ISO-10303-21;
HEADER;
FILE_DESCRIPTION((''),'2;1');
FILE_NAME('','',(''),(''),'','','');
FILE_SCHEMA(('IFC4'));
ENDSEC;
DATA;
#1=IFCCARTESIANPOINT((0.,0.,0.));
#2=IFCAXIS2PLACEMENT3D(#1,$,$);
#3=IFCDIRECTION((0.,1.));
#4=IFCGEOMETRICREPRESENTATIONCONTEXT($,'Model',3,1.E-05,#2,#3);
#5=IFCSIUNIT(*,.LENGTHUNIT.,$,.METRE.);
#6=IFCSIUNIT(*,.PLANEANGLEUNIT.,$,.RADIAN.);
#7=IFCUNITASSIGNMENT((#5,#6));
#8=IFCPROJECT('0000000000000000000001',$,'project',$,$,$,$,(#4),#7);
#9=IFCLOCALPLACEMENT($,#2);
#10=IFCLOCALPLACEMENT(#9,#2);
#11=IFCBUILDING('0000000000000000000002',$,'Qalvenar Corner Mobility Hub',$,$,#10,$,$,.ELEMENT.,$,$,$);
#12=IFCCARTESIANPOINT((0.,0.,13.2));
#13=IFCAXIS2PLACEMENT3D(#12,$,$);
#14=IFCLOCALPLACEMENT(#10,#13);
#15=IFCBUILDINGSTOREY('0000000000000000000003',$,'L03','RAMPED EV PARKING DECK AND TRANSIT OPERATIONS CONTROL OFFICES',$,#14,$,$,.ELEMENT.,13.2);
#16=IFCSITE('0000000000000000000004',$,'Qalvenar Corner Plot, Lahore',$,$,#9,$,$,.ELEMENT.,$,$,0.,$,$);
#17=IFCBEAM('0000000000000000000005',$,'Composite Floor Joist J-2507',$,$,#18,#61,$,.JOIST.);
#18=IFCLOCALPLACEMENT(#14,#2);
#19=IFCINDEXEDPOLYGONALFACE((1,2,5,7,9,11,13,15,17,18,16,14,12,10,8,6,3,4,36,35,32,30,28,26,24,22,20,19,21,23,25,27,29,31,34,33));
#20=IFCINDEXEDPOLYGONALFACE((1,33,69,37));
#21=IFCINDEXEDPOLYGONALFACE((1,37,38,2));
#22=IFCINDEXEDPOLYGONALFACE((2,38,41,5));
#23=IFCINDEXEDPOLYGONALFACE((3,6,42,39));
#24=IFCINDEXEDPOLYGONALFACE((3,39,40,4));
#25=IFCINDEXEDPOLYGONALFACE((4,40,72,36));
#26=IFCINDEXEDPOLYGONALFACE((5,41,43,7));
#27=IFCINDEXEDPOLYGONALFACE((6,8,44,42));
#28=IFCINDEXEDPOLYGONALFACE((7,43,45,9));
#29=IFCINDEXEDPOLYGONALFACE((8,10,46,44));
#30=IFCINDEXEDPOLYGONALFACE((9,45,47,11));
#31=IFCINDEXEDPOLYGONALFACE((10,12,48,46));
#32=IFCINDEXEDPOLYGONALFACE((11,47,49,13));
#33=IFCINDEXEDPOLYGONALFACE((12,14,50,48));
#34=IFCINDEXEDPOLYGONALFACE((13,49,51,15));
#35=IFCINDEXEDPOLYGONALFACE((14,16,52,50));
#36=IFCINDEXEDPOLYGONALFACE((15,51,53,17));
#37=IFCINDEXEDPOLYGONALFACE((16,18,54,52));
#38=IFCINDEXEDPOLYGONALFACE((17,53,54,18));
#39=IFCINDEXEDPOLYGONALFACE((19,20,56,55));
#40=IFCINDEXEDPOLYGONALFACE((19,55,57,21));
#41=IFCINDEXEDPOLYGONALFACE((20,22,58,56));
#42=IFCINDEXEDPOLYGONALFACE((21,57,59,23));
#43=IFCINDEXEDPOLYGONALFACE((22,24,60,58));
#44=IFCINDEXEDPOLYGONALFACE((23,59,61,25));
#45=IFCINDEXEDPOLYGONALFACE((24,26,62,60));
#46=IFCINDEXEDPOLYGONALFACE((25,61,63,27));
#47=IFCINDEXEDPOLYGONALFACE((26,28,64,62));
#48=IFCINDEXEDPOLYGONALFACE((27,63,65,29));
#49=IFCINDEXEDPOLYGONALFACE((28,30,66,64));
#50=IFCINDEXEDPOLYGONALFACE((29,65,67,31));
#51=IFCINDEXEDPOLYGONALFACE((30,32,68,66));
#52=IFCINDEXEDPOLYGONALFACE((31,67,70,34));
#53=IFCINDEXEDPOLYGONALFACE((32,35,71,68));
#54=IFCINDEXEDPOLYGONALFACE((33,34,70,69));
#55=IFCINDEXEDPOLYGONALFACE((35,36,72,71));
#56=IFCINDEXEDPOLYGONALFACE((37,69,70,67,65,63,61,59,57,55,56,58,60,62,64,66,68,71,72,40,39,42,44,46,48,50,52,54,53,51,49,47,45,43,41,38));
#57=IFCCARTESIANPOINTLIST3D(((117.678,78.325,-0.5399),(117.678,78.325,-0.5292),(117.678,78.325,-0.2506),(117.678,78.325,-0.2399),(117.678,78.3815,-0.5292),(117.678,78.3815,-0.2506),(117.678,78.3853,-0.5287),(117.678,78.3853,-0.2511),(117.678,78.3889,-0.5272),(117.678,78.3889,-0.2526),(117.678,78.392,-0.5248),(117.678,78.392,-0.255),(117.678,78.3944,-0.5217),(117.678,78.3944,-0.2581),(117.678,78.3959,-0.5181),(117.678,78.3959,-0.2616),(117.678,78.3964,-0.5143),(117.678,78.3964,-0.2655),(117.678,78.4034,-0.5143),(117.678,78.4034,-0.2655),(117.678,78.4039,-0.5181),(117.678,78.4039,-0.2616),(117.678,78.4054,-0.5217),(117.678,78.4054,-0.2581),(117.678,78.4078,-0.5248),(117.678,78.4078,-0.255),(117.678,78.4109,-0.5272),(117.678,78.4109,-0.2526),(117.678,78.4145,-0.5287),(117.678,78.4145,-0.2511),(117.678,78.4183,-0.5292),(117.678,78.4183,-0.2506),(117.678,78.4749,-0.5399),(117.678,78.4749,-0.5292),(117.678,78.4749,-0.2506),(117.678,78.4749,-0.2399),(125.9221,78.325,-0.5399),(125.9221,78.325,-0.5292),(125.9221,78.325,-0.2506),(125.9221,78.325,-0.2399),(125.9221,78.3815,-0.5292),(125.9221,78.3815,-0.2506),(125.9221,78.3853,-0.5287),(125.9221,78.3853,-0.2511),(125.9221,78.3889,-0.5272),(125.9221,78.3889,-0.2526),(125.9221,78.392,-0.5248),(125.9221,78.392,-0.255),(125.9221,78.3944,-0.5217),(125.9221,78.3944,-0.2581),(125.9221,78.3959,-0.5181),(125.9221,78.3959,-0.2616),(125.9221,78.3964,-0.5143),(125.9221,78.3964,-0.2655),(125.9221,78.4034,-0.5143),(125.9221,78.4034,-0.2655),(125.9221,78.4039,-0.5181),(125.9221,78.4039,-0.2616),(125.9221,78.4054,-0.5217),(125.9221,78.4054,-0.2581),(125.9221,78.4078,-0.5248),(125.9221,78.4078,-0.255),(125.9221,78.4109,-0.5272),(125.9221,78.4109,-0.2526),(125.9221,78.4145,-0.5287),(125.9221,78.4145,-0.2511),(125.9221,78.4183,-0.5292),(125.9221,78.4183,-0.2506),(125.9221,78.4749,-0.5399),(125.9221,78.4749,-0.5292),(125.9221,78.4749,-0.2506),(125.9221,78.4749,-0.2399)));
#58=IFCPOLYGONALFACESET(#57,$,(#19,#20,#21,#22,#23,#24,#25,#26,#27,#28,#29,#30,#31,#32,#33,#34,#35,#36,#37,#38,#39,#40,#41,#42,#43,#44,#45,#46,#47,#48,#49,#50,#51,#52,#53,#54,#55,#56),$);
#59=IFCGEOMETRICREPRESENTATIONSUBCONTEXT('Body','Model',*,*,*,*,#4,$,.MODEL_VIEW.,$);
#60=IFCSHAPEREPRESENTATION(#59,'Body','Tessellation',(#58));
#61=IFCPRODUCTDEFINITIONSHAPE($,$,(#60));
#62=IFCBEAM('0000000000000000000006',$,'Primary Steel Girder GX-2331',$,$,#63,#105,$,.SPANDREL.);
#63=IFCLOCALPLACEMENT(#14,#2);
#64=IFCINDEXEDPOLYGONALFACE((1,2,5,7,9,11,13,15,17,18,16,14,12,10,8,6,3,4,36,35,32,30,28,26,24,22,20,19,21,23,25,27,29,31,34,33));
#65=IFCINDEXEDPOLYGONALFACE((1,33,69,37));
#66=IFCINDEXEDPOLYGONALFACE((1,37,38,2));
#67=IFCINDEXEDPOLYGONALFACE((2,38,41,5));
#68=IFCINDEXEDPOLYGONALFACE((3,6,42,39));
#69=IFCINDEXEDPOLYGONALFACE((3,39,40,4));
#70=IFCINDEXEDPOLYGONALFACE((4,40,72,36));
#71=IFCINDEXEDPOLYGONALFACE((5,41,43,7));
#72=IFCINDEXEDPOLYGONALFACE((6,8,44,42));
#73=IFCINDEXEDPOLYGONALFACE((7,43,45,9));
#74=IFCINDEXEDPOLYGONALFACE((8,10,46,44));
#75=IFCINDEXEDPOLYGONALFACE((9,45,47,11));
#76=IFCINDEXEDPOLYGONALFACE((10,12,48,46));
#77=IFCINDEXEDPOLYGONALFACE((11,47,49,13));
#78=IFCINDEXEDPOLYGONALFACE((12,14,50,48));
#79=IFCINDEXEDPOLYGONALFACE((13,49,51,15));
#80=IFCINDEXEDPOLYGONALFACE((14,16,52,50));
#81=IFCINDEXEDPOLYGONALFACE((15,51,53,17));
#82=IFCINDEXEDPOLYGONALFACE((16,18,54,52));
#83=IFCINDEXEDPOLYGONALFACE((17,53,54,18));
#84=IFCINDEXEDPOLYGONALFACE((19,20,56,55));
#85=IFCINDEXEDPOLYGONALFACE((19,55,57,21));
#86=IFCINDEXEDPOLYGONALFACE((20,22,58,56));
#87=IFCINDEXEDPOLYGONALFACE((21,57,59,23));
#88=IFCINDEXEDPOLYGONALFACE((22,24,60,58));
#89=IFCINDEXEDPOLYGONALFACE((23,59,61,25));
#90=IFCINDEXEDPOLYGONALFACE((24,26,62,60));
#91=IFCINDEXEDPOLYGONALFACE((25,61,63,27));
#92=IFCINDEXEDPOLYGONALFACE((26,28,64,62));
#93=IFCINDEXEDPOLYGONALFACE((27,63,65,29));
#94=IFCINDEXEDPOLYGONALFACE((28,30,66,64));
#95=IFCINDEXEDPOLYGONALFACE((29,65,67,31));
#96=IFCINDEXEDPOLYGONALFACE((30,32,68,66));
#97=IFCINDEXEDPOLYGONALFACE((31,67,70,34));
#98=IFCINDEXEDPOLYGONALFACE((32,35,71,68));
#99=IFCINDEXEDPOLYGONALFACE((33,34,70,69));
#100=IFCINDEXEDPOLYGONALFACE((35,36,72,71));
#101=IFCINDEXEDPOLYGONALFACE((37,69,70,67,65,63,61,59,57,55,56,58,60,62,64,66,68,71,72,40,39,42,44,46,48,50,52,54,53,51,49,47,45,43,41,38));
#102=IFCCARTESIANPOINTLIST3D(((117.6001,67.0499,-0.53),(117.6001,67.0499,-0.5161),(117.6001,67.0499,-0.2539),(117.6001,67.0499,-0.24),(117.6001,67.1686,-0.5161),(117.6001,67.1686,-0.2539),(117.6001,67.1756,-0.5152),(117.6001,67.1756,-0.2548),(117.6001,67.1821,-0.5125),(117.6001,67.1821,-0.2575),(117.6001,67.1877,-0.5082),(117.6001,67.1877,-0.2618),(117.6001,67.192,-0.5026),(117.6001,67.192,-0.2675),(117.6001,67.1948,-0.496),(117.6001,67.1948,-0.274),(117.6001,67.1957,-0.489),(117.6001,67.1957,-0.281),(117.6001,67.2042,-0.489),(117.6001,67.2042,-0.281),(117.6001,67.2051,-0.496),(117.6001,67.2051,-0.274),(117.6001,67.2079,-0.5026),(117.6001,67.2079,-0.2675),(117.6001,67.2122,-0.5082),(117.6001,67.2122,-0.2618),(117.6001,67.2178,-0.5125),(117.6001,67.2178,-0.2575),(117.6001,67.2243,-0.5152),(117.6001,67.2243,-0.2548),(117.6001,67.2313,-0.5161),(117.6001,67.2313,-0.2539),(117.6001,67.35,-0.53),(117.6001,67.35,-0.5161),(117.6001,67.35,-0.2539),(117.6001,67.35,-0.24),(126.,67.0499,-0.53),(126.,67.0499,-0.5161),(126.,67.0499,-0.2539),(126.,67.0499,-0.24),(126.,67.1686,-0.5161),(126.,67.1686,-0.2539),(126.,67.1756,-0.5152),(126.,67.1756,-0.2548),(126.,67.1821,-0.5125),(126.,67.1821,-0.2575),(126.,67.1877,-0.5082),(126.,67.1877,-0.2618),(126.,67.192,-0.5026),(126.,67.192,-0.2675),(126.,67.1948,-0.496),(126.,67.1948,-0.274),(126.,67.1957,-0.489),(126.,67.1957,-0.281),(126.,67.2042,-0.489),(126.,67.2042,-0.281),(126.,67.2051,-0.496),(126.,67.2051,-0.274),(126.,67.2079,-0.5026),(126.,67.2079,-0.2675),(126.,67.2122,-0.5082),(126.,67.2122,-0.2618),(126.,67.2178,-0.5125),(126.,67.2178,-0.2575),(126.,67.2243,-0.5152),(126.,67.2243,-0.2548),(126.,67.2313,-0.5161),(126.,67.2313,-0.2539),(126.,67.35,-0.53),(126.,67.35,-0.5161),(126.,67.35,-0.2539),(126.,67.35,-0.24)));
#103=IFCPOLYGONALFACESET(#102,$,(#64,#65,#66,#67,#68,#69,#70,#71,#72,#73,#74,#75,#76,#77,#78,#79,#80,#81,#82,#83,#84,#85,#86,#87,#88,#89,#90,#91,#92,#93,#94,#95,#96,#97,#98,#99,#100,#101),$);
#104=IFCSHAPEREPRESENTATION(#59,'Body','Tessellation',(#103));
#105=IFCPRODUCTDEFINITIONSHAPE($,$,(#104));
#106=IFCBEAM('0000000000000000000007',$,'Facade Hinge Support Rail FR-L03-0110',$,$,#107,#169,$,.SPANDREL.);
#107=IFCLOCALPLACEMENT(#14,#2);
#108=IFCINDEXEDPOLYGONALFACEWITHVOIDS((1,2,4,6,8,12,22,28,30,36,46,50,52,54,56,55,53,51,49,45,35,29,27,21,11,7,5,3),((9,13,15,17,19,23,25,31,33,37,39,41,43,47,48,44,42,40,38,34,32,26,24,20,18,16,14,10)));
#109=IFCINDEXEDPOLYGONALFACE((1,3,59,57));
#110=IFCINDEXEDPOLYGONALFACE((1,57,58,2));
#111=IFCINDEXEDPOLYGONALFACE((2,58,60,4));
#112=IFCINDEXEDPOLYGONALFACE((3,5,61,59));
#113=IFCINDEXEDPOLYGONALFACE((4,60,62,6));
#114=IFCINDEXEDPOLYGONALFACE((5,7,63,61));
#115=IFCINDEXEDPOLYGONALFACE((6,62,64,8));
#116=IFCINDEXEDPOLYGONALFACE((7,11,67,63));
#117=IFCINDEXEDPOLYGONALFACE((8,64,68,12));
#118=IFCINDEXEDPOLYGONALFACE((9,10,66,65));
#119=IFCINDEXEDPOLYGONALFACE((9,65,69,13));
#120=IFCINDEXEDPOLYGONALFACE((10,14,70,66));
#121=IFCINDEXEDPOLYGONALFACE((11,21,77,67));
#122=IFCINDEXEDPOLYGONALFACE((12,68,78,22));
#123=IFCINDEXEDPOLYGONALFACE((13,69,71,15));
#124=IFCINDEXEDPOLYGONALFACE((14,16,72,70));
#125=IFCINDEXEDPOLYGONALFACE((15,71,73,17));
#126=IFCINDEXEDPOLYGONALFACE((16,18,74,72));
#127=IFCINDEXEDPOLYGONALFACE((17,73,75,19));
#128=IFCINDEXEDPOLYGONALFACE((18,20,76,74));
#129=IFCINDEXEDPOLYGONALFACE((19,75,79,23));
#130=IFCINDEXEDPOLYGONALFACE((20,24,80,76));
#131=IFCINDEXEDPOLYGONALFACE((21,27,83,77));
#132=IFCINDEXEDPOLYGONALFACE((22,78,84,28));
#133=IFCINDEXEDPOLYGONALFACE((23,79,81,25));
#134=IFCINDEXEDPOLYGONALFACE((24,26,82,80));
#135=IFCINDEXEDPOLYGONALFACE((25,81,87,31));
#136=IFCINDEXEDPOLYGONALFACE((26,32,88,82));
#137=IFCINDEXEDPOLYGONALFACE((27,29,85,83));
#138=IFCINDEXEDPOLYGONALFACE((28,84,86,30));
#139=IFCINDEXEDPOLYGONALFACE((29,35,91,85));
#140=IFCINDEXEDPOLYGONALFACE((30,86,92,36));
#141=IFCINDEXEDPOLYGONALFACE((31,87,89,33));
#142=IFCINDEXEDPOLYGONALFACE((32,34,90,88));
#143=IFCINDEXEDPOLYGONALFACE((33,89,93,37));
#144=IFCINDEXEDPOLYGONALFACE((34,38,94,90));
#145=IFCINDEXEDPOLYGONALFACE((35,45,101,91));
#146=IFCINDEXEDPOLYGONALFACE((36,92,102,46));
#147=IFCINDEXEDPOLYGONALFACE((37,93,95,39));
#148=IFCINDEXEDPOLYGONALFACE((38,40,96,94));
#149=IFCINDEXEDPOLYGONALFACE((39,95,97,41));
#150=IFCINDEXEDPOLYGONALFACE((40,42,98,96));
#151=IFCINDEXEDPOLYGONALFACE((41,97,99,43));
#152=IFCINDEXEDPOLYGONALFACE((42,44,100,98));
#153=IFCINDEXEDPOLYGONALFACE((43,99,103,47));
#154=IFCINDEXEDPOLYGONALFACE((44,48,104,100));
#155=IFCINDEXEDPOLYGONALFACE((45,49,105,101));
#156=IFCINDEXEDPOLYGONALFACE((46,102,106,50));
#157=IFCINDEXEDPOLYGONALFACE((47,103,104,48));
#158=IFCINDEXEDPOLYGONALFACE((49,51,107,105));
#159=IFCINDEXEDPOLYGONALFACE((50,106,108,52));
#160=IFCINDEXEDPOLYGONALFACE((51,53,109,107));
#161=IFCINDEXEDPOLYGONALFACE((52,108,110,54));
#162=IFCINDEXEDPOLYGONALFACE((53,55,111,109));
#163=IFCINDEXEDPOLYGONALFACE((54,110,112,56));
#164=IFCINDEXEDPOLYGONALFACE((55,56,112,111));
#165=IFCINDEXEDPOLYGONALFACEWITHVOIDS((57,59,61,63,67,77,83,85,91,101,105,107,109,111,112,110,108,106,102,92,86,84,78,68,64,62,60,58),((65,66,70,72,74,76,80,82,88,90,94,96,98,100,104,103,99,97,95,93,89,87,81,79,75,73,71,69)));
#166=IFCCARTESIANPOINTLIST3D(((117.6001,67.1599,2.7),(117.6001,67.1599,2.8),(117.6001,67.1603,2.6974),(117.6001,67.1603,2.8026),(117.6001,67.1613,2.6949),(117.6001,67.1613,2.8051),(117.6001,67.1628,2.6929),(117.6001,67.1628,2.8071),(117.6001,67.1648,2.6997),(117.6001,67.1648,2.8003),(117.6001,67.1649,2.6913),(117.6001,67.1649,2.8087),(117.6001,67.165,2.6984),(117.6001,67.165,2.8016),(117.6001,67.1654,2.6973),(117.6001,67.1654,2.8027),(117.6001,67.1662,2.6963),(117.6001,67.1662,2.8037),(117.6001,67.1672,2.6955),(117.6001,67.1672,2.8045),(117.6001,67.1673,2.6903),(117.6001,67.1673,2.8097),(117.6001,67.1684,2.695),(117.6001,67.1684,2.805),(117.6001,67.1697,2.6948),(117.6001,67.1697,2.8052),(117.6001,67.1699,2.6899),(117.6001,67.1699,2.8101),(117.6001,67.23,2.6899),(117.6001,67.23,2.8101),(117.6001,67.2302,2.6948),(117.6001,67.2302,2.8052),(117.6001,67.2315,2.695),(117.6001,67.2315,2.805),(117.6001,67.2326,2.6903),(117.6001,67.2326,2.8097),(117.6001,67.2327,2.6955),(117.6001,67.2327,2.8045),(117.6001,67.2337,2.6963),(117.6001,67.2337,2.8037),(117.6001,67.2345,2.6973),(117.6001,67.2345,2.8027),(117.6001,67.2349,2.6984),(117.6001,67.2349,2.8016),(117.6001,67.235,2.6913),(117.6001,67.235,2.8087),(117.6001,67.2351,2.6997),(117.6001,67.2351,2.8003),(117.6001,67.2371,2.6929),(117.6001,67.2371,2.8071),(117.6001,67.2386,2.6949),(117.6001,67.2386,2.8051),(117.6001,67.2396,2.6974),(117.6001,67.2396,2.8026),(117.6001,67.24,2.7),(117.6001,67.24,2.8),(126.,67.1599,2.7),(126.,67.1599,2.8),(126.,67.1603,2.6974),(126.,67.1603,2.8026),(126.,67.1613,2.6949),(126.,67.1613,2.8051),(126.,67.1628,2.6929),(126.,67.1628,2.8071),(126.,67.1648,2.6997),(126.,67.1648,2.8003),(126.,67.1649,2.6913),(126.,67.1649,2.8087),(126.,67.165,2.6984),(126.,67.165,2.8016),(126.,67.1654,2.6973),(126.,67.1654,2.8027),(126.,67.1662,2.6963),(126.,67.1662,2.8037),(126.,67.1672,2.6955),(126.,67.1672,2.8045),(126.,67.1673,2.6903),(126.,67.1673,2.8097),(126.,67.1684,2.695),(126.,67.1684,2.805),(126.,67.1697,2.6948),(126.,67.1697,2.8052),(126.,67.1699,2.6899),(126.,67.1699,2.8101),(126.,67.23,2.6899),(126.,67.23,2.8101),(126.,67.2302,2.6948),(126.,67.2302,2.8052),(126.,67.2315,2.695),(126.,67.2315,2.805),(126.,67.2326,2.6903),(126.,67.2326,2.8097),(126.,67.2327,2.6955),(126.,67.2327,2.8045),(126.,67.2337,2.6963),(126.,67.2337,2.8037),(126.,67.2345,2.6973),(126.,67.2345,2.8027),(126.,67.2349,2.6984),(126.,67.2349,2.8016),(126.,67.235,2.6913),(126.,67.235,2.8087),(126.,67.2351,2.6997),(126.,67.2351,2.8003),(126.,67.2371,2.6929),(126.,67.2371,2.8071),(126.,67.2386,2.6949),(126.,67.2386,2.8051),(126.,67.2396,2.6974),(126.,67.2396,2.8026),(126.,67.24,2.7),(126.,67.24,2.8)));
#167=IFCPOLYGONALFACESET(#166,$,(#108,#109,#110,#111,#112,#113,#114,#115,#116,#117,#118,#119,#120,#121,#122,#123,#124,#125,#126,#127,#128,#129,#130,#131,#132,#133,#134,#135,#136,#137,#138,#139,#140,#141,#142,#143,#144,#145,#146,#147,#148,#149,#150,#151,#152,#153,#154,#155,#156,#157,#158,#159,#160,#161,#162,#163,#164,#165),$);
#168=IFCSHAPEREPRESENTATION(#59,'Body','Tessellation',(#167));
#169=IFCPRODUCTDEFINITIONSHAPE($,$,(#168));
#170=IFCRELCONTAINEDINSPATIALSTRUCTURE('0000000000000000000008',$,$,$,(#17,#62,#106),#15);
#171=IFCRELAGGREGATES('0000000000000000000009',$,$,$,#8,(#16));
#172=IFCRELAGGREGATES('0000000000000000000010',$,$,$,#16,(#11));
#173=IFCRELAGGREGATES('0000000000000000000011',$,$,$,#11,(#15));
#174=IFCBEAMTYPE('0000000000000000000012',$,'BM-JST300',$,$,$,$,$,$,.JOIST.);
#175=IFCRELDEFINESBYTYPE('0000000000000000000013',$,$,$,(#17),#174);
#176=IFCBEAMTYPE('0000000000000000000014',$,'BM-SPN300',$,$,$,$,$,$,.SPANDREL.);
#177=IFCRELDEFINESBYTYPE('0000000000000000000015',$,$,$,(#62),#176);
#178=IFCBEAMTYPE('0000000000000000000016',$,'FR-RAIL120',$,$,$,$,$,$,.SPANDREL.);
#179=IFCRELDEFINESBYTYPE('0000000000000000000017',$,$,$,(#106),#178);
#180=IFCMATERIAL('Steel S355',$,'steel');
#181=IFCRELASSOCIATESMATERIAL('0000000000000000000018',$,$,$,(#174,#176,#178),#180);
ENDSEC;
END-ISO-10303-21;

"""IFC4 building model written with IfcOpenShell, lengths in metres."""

from ifc_helpers import new_model, si_unit, direction, frame, origin, origin_2d, place, context, subcontext, project, spatial, hollow_rectangle, i_section, extrude, material, material_profile, profile_set, type_object, element, save


model = new_model("IFC4")

# Units and contexts
model_context = context("Model", 3, precision=1e-05, world=origin(), true_north=direction((0.0, 1.0)))
body_context = subcontext(model_context, "Body", "Model", "MODEL_VIEW")
ifc_project = project(units=[si_unit("LENGTHUNIT", "METRE"), si_unit("PLANEANGLEUNIT", "RADIAN")], contexts=[model_context])

# Site, building, storey
site_placement = place(None, origin())
site = spatial("IfcSite", under=ifc_project, at=site_placement, Name="Qalvenar Corner Plot, Lahore", CompositionType="ELEMENT", RefElevation=0.0)
building_placement = place(site_placement, origin())
building = spatial("IfcBuilding", under=site, at=building_placement, Name="Qalvenar Corner Mobility Hub", CompositionType="ELEMENT")
storey_placement = place(building_placement, frame((0.0, 0.0, 13.2)))
storey = spatial("IfcBuildingStorey", under=building, at=storey_placement, Name="L03", Description="RAMPED EV PARKING DECK AND TRANSIT OPERATIONS CONTROL OFFICES", CompositionType="ELEMENT", Elevation=13.2)

# Shared definitions
ifc_material = material(Name="Steel S355", Category="steel")

# Beams
ifc_material_profile_1 = material_profile(ifc_material, i_section(OverallWidth=0.1499, OverallDepth=0.3, WebThickness=0.0071, FlangeThickness=0.0107, FilletRadius=0.0149, at=origin_2d()), Name="IPE300")
ifc_profile_set_1 = profile_set([ifc_material_profile_1], Name="Steel S355")
beam_type_1 = type_object("IfcBeamType", Name="BM-JST300", PredefinedType="JOIST", material=ifc_profile_set_1)
for number, where, z_axis, x_axis, name in (
    (1, (117.678, 78.3999, -0.3899), (1.0, 0.0, 0.0), (0.0, 1.0, 0.0), "Composite Floor Joist J-2507"),
):
    element("IfcBeam", number, at=place(storey_placement, frame(where, z_axis=z_axis, x_axis=x_axis)), inside=storey, type_object=beam_type_1, Name=name, PredefinedType="JOIST", context=body_context, shape_type="SweptSolid", body=[
        extrude(i_section(OverallWidth=0.1499, OverallDepth=0.3, WebThickness=0.0071, FlangeThickness=0.0107, FilletRadius=0.0149, at=origin_2d()), origin(), (0.0, 0.0, 1.0), 8.2441),
    ])
ifc_material_profile_2 = material_profile(ifc_material, i_section(OverallWidth=0.3, OverallDepth=0.29, WebThickness=0.0085, FlangeThickness=0.0139, FilletRadius=0.0271, at=origin_2d()), Name="HEA300")
ifc_profile_set_2 = profile_set([ifc_material_profile_2], Name="Steel S355")
beam_type_2 = type_object("IfcBeamType", Name="BM-SPN300", PredefinedType="SPANDREL", material=ifc_profile_set_2)
beam_1_placement = place(storey_placement, frame((117.6001, 67.2, -0.385), z_axis=(1.0, 0.0, 0.0), x_axis=(0.0, 1.0, 0.0)))
element("IfcBeam", 2, at=beam_1_placement, inside=storey, type_object=beam_type_2, Name="Primary Steel Girder GX-2331", PredefinedType="SPANDREL", context=body_context, shape_type="SweptSolid", body=[
    extrude(i_section(OverallWidth=0.3, OverallDepth=0.29, WebThickness=0.0085, FlangeThickness=0.0139, FilletRadius=0.0271, at=origin_2d()), origin(), (0.0, 0.0, 1.0), 8.3999),
])
ifc_material_profile_3 = material_profile(ifc_material, hollow_rectangle(XDim=0.0801, YDim=0.1201, WallThickness=0.0049, InnerFilletRadius=0.0049, OuterFilletRadius=0.01, at=origin_2d()), Name="RHS120x80x5")
ifc_profile_set_3 = profile_set([ifc_material_profile_3], Name="Steel S355")
beam_type_3 = type_object("IfcBeamType", Name="FR-RAIL120", PredefinedType="SPANDREL", material=ifc_profile_set_3)
beam_2_placement = place(storey_placement, frame((117.6001, 67.2, 2.75), z_axis=(1.0, 0.0, 0.0), x_axis=(0.0, 1.0, 0.0)))
element("IfcBeam", 3, at=beam_2_placement, inside=storey, type_object=beam_type_3, Name="Facade Hinge Support Rail FR-L03-0110", PredefinedType="SPANDREL", context=body_context, shape_type="SweptSolid", body=[
    extrude(hollow_rectangle(XDim=0.0801, YDim=0.1201, WallThickness=0.0049, InnerFilletRadius=0.0049, OuterFilletRadius=0.01, at=origin_2d()), origin(), (0.0, 0.0, 1.0), 8.3999),
])

save(model, "model.ifc")
